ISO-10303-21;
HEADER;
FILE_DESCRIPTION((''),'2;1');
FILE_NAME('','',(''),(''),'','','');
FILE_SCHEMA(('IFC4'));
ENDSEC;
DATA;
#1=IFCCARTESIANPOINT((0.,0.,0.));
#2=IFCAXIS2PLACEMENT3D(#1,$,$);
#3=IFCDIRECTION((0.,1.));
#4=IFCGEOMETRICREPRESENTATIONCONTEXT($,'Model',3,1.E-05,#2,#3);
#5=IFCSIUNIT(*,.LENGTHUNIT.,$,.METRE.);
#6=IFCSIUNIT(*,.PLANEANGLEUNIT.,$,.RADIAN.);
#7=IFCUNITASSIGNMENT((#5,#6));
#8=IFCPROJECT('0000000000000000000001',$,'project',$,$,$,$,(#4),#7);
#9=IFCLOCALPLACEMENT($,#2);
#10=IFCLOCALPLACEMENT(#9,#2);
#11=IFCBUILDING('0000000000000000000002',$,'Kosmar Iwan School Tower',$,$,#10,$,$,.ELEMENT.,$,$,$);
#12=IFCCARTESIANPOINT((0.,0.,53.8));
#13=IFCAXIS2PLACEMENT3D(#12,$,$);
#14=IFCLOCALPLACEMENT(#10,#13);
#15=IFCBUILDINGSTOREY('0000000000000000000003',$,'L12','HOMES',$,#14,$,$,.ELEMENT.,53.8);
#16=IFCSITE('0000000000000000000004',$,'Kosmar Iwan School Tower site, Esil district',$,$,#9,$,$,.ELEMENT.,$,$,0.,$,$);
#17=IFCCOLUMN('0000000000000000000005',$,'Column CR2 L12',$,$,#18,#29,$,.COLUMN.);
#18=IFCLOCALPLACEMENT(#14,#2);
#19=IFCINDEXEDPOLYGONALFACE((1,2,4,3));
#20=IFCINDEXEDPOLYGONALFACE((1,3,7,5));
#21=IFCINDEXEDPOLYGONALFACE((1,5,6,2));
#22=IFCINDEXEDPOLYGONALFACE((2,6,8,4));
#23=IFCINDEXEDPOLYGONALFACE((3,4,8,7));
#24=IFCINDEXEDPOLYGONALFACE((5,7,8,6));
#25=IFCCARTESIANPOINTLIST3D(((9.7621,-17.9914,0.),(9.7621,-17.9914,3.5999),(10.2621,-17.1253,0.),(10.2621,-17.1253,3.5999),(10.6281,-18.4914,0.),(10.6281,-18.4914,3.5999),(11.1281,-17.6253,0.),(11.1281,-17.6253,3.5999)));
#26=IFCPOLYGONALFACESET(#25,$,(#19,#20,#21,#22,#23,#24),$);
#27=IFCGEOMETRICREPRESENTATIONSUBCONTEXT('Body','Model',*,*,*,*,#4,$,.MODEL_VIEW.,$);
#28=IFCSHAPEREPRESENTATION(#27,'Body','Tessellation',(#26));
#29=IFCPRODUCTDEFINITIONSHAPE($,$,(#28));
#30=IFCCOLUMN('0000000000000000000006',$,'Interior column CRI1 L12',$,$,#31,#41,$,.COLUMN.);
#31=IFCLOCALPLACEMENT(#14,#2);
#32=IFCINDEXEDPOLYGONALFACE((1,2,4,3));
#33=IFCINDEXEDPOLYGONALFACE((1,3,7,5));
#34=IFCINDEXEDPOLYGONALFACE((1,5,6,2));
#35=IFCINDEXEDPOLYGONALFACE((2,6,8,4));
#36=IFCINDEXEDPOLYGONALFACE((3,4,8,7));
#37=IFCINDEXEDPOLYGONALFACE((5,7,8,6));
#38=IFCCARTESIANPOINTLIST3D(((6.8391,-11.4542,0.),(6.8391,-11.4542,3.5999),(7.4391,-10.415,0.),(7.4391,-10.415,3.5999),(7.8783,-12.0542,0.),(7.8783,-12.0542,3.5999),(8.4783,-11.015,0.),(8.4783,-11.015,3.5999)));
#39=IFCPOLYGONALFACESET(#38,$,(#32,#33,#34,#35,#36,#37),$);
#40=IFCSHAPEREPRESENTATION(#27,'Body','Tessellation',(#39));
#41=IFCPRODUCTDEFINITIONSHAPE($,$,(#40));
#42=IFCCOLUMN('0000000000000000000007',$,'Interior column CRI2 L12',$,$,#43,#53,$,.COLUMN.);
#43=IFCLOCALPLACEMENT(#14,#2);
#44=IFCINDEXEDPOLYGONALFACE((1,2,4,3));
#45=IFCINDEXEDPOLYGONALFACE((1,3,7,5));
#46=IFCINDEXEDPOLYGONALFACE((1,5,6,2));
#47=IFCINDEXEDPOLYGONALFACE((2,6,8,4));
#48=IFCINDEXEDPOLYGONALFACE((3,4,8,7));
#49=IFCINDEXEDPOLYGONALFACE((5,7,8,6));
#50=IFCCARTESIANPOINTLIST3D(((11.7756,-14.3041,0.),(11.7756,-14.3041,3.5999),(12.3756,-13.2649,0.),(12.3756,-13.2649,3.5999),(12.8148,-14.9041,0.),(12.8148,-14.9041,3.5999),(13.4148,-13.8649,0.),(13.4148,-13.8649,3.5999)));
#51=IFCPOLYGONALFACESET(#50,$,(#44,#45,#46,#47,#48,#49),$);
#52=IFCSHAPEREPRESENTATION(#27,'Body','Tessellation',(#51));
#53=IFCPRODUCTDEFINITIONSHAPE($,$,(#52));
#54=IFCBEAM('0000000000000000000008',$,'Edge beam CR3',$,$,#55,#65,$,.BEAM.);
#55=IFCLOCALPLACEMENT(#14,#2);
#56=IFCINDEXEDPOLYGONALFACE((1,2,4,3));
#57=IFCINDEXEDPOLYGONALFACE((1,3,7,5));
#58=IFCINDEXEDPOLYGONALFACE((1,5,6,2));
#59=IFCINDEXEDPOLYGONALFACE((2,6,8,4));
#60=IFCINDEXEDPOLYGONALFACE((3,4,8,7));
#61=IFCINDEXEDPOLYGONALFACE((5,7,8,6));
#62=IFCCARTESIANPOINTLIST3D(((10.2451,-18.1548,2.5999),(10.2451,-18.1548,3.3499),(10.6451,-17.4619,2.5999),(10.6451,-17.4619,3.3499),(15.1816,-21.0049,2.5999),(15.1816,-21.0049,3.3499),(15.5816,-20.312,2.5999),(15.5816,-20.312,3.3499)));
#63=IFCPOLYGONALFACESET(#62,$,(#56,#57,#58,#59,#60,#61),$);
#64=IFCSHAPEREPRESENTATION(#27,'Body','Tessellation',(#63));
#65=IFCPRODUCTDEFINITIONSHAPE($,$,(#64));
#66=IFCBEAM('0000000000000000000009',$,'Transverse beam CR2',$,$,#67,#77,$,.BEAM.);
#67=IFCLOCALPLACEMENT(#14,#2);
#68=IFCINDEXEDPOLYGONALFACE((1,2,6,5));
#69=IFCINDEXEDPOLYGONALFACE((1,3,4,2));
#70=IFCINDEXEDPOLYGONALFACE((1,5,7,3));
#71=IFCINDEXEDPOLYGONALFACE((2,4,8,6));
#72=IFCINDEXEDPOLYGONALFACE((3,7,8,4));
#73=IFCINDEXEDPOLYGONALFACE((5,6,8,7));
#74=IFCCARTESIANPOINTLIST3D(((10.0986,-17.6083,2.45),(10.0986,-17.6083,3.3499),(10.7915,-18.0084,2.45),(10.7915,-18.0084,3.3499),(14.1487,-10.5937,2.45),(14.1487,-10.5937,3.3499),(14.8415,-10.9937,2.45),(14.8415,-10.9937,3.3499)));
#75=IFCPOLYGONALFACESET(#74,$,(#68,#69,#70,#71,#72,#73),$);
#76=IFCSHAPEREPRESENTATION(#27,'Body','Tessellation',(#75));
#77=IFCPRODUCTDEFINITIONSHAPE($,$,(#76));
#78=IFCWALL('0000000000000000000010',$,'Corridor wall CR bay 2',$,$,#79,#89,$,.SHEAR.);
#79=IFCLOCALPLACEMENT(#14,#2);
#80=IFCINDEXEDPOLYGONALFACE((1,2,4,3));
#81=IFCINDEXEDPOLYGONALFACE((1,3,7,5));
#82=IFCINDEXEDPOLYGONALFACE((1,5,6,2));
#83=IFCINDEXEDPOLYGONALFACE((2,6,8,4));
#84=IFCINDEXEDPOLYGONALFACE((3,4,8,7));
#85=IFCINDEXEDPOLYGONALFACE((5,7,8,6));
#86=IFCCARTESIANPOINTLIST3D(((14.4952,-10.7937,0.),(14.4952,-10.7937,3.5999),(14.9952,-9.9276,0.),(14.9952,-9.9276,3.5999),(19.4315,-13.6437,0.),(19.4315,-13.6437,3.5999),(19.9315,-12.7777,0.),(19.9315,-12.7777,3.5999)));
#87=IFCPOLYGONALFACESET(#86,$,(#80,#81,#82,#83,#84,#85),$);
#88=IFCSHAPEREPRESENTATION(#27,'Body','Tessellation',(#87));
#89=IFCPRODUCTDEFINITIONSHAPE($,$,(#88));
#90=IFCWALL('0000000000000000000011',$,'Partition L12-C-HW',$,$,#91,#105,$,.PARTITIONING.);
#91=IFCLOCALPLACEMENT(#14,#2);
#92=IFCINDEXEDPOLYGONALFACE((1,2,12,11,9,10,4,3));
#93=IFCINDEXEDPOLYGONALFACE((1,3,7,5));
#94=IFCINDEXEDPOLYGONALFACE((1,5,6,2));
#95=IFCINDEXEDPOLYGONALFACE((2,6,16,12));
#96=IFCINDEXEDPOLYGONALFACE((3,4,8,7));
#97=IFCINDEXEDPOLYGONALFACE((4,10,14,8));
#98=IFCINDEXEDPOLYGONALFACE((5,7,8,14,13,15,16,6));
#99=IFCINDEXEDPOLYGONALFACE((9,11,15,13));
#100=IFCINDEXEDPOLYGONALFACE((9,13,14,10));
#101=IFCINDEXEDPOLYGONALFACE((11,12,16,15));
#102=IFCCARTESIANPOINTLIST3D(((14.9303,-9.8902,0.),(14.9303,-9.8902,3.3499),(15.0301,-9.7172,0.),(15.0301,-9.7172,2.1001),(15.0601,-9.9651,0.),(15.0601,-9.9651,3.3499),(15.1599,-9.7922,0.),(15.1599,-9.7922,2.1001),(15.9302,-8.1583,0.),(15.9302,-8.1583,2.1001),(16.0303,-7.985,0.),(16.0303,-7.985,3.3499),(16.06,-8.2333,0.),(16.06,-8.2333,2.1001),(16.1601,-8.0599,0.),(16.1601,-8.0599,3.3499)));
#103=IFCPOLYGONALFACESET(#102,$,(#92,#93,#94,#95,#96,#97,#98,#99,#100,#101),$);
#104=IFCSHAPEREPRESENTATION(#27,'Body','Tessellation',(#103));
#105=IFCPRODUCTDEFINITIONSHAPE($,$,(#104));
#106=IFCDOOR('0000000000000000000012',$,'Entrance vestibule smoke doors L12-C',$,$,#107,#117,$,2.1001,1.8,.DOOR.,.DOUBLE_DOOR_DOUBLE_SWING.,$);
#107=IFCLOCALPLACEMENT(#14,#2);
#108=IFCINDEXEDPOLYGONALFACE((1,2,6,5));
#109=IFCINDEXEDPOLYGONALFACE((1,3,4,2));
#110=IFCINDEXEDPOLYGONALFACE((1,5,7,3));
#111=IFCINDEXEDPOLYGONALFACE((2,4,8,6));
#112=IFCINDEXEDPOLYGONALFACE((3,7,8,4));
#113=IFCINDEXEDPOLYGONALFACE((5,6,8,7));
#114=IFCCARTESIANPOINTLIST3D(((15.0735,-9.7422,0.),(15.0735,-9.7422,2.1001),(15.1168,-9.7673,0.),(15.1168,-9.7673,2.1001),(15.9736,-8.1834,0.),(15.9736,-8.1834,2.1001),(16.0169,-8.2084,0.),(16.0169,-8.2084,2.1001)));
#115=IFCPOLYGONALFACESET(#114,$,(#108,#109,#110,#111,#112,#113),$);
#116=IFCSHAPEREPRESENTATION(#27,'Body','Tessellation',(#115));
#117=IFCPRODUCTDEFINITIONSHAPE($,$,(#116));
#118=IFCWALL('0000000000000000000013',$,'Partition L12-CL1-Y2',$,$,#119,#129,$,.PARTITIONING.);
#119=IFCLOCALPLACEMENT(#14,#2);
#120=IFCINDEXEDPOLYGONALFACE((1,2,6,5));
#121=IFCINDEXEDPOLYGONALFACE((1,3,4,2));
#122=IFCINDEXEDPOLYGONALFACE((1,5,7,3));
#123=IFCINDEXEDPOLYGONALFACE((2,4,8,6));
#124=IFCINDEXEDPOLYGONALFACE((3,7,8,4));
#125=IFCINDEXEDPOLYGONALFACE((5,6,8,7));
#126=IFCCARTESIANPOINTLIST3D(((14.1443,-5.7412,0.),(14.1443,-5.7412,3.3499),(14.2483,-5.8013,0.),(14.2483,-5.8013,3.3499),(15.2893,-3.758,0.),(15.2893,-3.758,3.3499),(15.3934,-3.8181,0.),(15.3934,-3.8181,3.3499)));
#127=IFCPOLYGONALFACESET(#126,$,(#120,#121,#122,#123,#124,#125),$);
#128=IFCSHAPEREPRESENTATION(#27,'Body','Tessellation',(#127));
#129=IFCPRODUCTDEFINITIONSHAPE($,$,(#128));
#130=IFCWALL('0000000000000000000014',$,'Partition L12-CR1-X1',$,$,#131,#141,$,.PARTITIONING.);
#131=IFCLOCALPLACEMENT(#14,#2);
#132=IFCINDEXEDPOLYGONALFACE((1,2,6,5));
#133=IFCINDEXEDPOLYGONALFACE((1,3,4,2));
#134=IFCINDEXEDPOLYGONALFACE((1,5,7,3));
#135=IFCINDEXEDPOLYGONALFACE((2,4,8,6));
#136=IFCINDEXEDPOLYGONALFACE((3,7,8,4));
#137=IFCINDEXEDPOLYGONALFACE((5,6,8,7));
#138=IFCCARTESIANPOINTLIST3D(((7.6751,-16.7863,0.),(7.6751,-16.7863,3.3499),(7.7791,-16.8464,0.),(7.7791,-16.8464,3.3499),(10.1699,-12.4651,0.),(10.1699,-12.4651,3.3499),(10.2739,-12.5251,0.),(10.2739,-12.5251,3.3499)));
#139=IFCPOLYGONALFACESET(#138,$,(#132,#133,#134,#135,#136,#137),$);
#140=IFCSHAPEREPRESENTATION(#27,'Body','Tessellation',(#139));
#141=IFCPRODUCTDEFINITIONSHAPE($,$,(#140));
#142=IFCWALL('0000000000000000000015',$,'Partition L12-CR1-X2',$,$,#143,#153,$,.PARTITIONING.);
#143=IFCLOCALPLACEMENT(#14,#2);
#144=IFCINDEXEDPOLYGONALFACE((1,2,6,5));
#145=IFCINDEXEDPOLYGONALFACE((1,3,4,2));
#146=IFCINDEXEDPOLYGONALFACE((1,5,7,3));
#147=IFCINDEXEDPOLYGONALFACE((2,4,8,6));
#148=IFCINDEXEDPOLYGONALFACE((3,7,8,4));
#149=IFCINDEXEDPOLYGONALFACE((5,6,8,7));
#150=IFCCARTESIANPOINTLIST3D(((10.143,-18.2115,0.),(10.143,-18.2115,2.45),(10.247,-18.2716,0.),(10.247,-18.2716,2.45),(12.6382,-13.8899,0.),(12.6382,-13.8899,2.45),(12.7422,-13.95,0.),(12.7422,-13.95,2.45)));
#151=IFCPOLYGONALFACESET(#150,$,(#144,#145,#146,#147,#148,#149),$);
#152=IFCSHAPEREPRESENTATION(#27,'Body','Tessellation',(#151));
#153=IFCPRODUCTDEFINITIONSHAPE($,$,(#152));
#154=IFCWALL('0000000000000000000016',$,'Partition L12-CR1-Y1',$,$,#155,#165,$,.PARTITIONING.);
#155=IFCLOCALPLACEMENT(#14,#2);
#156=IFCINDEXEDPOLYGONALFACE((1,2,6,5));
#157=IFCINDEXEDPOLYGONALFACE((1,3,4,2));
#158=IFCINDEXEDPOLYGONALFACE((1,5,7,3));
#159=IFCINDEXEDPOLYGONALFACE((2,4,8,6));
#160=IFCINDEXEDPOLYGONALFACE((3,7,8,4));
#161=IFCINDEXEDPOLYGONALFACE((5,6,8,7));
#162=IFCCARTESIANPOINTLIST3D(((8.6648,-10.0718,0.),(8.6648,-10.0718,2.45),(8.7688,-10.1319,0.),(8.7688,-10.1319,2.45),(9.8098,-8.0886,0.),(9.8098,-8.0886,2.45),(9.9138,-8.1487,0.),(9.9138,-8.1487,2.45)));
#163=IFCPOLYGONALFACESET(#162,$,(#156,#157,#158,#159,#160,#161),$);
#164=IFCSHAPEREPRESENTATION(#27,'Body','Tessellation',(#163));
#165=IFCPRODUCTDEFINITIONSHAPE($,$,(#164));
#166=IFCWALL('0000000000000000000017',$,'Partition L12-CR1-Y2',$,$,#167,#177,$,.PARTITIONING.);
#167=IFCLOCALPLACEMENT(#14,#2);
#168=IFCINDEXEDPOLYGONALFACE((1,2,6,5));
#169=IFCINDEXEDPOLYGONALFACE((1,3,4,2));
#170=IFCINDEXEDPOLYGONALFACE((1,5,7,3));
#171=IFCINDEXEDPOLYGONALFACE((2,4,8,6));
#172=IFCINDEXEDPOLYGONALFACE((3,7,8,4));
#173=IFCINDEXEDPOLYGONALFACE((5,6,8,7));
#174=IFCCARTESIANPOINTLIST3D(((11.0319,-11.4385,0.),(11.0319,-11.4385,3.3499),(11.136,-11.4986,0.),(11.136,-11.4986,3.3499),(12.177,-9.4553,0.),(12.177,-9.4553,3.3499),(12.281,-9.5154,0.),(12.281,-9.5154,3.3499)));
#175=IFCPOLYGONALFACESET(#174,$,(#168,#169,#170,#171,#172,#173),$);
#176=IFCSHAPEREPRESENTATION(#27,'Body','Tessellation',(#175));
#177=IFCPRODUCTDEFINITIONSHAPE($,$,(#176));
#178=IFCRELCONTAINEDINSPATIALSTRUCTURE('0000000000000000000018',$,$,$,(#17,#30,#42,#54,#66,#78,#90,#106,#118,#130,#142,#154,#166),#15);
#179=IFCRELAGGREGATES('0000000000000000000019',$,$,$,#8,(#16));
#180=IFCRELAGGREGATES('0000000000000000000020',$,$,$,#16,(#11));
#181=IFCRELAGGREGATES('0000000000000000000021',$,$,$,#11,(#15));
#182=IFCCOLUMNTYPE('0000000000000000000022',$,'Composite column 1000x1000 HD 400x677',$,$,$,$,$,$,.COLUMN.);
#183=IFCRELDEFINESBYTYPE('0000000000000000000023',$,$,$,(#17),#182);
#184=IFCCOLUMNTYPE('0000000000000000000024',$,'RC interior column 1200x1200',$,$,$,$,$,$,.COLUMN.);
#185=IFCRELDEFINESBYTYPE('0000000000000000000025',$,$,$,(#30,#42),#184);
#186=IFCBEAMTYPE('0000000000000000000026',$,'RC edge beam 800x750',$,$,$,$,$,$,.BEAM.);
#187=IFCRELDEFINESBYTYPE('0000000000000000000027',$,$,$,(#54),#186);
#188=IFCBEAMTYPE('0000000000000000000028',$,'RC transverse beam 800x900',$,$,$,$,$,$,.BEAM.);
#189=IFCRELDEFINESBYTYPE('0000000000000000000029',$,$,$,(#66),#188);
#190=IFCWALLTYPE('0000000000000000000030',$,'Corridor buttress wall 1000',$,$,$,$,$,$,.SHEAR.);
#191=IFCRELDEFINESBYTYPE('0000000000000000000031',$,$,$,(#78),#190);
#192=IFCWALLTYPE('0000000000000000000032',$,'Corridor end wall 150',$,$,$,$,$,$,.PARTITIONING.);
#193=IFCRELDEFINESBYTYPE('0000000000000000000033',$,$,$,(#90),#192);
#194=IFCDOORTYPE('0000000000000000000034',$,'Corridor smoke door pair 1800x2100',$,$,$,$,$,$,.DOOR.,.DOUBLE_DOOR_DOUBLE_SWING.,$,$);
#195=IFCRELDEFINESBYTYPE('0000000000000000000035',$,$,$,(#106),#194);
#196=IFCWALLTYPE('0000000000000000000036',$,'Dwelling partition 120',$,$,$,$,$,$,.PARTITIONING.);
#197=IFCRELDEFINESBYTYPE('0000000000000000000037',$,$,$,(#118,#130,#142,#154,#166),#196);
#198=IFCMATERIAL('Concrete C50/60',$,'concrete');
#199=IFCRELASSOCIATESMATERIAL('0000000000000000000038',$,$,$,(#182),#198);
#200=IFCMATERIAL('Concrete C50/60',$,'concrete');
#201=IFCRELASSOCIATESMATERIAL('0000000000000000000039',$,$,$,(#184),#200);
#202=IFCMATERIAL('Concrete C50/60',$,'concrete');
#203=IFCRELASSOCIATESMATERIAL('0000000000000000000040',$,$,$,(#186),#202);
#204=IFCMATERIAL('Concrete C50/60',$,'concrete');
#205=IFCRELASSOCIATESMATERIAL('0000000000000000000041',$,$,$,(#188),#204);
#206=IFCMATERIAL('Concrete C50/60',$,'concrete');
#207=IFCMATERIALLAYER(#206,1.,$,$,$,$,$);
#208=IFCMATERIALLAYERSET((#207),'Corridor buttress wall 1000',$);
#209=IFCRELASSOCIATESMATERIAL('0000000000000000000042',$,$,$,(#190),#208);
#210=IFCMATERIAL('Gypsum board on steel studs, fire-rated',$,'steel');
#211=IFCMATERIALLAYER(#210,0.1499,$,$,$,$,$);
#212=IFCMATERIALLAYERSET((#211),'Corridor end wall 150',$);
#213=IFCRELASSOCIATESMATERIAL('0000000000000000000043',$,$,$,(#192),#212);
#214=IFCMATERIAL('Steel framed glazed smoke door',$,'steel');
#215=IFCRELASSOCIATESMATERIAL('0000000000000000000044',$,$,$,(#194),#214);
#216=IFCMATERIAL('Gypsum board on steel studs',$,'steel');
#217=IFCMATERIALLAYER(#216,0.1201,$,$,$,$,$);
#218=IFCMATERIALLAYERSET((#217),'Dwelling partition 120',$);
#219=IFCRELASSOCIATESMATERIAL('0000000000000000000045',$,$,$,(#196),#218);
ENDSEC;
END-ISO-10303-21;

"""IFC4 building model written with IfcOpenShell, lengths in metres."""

from ifc_helpers import new_model, si_unit, direction, frame, frame_2d, origin, origin_2d, place, context, subcontext, project, spatial, rectangle, extrude, material, layer, layer_set, material_profile, profile_set, type_object, element, fill, save


model = new_model("IFC4")

# Units and contexts
model_context = context("Model", 3, precision=1e-05, world=origin(), true_north=direction((0.0, 1.0)))
body_context = subcontext(model_context, "Body", "Model", "MODEL_VIEW")
ifc_project = project(units=[si_unit("LENGTHUNIT", "METRE"), si_unit("PLANEANGLEUNIT", "RADIAN")], contexts=[model_context])

# Site, building, storey
site_placement = place(None, origin())
site = spatial("IfcSite", under=ifc_project, at=site_placement, Name="Kosmar Iwan School Tower site, Esil district", CompositionType="ELEMENT", RefElevation=0.0)
building_placement = place(site_placement, origin())
building = spatial("IfcBuilding", under=site, at=building_placement, Name="Kosmar Iwan School Tower", CompositionType="ELEMENT")
storey_placement = place(building_placement, frame((0.0, 0.0, 53.8)))
storey = spatial("IfcBuildingStorey", under=building, at=storey_placement, Name="L12", Description="HOMES", CompositionType="ELEMENT", Elevation=53.8)

# Columns
ifc_material_1 = material(Name="Concrete C50/60", Category="concrete")
ifc_material_profile_1 = material_profile(ifc_material_1, rectangle(XDim=1.0, YDim=1.0, at=origin_2d()), Name="RC 1000x1000 + HD 400x677")
ifc_profile_set_1 = profile_set([ifc_material_profile_1], Name="Concrete C50/60")
column_type_1 = type_object("IfcColumnType", Name="Composite column 1000x1000 HD 400x677", PredefinedType="COLUMN", material=ifc_profile_set_1)
column_placement = place(storey_placement, frame((10.4451, -17.8083, 0.0), z_axis=(0.0, 0.0, 1.0), x_axis=(0.866025, -0.5, 0.0)))
element("IfcColumn", 1, at=column_placement, inside=storey, type_object=column_type_1, Name="Column CR2 L12", PredefinedType="COLUMN", context=body_context, shape_type="SweptSolid", body=[
    extrude(rectangle(XDim=1.0, YDim=1.0, at=origin_2d()), origin(), (0.0, 0.0, 1.0), 3.5999),
])
ifc_material_2 = material(Name="Concrete C50/60", Category="concrete")
ifc_material_profile_2 = material_profile(ifc_material_2, rectangle(XDim=1.2, YDim=1.2, at=origin_2d()), Name="RC 1200x1200")
ifc_profile_set_2 = profile_set([ifc_material_profile_2], Name="Concrete C50/60")
column_type_2 = type_object("IfcColumnType", Name="RC interior column 1200x1200", PredefinedType="COLUMN", material=ifc_profile_set_2)
for number, where, z_axis, x_axis, name in (
    (2, (7.6587, -11.2346, 0.0), (0.0, 0.0, 1.0), (0.866025, -0.5, 0.0), "Interior column CRI1 L12"),
    (3, (12.5952, -14.0845, 0.0), (0.0, 0.0, 1.0), (0.866025, -0.5, 0.0), "Interior column CRI2 L12"),
):
    element("IfcColumn", number, at=place(storey_placement, frame(where, z_axis=z_axis, x_axis=x_axis)), inside=storey, type_object=column_type_2, Name=name, PredefinedType="COLUMN", context=body_context, shape_type="SweptSolid", body=[
        extrude(rectangle(XDim=1.2, YDim=1.2, at=origin_2d()), origin(), (0.0, 0.0, 1.0), 3.5999),
    ])

# Beams
ifc_material_3 = material(Name="Concrete C50/60", Category="concrete")
ifc_material_profile_3 = material_profile(ifc_material_3, rectangle(XDim=0.8, YDim=0.75, at=origin_2d()), Name="RC 800x750")
ifc_profile_set_3 = profile_set([ifc_material_profile_3], Name="Concrete C50/60")
beam_type_1 = type_object("IfcBeamType", Name="RC edge beam 800x750", PredefinedType="BEAM", material=ifc_profile_set_3)
beam_1_placement = place(storey_placement, frame((10.4451, -17.8083, 2.9749), z_axis=(0.866026, -0.499999, 0.0), x_axis=(0.499999, 0.866026, 0.0)))
element("IfcBeam", 4, at=beam_1_placement, inside=storey, type_object=beam_type_1, Name="Edge beam CR3", PredefinedType="BEAM", context=body_context, shape_type="SweptSolid", body=[
    extrude(rectangle(XDim=0.8, YDim=0.75, at=origin_2d()), origin(), (0.0, 0.0, 1.0), 5.7002),
])
ifc_material_4 = material(Name="Concrete C50/60", Category="concrete")
ifc_material_profile_4 = material_profile(ifc_material_4, rectangle(XDim=0.8, YDim=0.8999, at=origin_2d()), Name="RC 800x900")
ifc_profile_set_4 = profile_set([ifc_material_profile_4], Name="Concrete C50/60")
beam_type_2 = type_object("IfcBeamType", Name="RC transverse beam 800x900", PredefinedType="BEAM", material=ifc_profile_set_4)
beam_2_placement = place(storey_placement, frame((10.4451, -17.8083, 2.8999), z_axis=(0.500013, 0.866018, 0.0), x_axis=(-0.866018, 0.500013, 0.0)))
element("IfcBeam", 5, at=beam_2_placement, inside=storey, type_object=beam_type_2, Name="Transverse beam CR2", PredefinedType="BEAM", context=body_context, shape_type="SweptSolid", body=[
    extrude(rectangle(XDim=0.8, YDim=0.8999, at=origin_2d()), origin(), (0.0, 0.0, 1.0), 8.0999),
])

# Wall
ifc_material_5 = material(Name="Concrete C50/60", Category="concrete")
ifc_layer_1 = layer(ifc_material_5, 1.0)
ifc_layer_set_1 = layer_set([ifc_layer_1], Name="Corridor buttress wall 1000")
wall_type_1 = type_object("IfcWallType", Name="Corridor buttress wall 1000", PredefinedType="SHEAR", material=ifc_layer_set_1)
wall_1_placement = place(storey_placement, frame((14.7451, -10.3606, 0.0), z_axis=(0.0, 0.0, 1.0), x_axis=(0.866015, -0.500018, 0.0)))
element("IfcWall", 6, at=wall_1_placement, inside=storey, type_object=wall_type_1, Name="Corridor wall CR bay 2", PredefinedType="SHEAR", context=body_context, shape_type="SweptSolid", body=[
    extrude(rectangle(XDim=5.7, YDim=1.0, at=frame_2d((2.8501, 0.0))), origin(), (0.0, 0.0, 1.0), 3.5999),
])

# Wall, opening, door
ifc_material_6 = material(Name="Gypsum board on steel studs, fire-rated", Category="steel")
ifc_layer_2 = layer(ifc_material_6, 0.1499)
ifc_layer_set_2 = layer_set([ifc_layer_2], Name="Corridor end wall 150")
wall_type_2 = type_object("IfcWallType", Name="Corridor end wall 150", PredefinedType="PARTITIONING", material=ifc_layer_set_2)
wall_2_placement = place(storey_placement, frame((14.9951, -9.9277, 0.0), z_axis=(0.0, 0.0, 1.0), x_axis=(0.50003, 0.866008, 0.0)))
wall_2 = element("IfcWall", 7, at=wall_2_placement, inside=storey, type_object=wall_type_2, Name="Partition L12-C-HW", PredefinedType="PARTITIONING", context=body_context, shape_type="SweptSolid", body=[
    extrude(rectangle(XDim=2.2, YDim=0.1499, at=frame_2d((1.1001, 0.0))), origin(), (0.0, 0.0, 1.0), 3.3499),
])
opening_1_placement = place(wall_2_placement, frame((0.2, 0.0, 0.0)))
opening_1 = element("IfcOpeningElement", 8, at=opening_1_placement, cuts=wall_2, PredefinedType="OPENING", context=body_context, shape_type="SweptSolid", body=[
    extrude(rectangle(XDim=1.8, YDim=2.1001, at=frame_2d((0.8999, 1.05))), frame((0.0, 0.0869, 0.0), z_axis=(0.0, -1.0, 0.0), x_axis=(1.0, 0.0, 0.0)), (0.0, 0.0, 1.0), 0.1738),
])
ifc_material_7 = material(Name="Steel framed glazed smoke door", Category="steel")
door_type_1 = type_object("IfcDoorType", Name="Corridor smoke door pair 1800x2100", OperationType="DOUBLE_DOOR_DOUBLE_SWING", PredefinedType="DOOR", material=ifc_material_7)
door_1_placement = place(opening_1_placement, origin())
door_1 = element("IfcDoor", 9, at=door_1_placement, inside=storey, type_object=door_type_1, Name="Entrance vestibule smoke doors L12-C", OperationType="DOUBLE_DOOR_DOUBLE_SWING", OverallHeight=2.1001, OverallWidth=1.8, PredefinedType="DOOR", context=body_context, shape_type="SweptSolid", body=[
    extrude(rectangle(XDim=1.8, YDim=2.1001, at=frame_2d((0.8999, 1.05))), frame((0.0, 0.0249, 0.0), z_axis=(0.0, -1.0, 0.0), x_axis=(1.0, 0.0, 0.0)), (0.0, 0.0, 1.0), 0.05),
])
fill(opening_1, door_1)

# Walls
ifc_material_8 = material(Name="Gypsum board on steel studs", Category="steel")
ifc_layer_3 = layer(ifc_material_8, 0.1201)
ifc_layer_set_3 = layer_set([ifc_layer_3], Name="Dwelling partition 120")
wall_type_3 = type_object("IfcWallType", Name="Dwelling partition 120", PredefinedType="PARTITIONING", material=ifc_layer_set_3)
wall_3_placement = place(storey_placement, frame((14.1963, -5.7712, 0.0), z_axis=(0.0, 0.0, 1.0), x_axis=(0.500015, 0.866017, 0.0)))
element("IfcWall", 10, at=wall_3_placement, inside=storey, type_object=wall_type_3, Name="Partition L12-CL1-Y2", PredefinedType="PARTITIONING", context=body_context, shape_type="SweptSolid", body=[
    extrude(rectangle(XDim=2.29, YDim=0.1201, at=frame_2d((1.145, 0.0))), origin(), (0.0, 0.0, 1.0), 3.3499),
])
wall_4_placement = place(storey_placement, frame((10.2219, -12.4951, 0.0), z_axis=(0.0, 0.0, 1.0), x_axis=(-0.499996, -0.866028, 0.0)))
element("IfcWall", 11, at=wall_4_placement, inside=storey, type_object=wall_type_3, Name="Partition L12-CR1-X1", PredefinedType="PARTITIONING", context=body_context, shape_type="SweptSolid", body=[
    extrude(rectangle(XDim=4.9897, YDim=0.1201, at=frame_2d((2.4949, 0.0))), origin(), (0.0, 0.0, 1.0), 3.3499),
])
wall_5_placement = place(storey_placement, frame((12.6902, -13.9199, 0.0), z_axis=(0.0, 0.0, 1.0), x_axis=(-0.500012, -0.866019, 0.0)))
element("IfcWall", 12, at=wall_5_placement, inside=storey, type_object=wall_type_3, Name="Partition L12-CR1-X2", PredefinedType="PARTITIONING", context=body_context, shape_type="SweptSolid", body=[
    extrude(rectangle(XDim=4.9902, YDim=0.1201, at=frame_2d((2.4951, 0.0))), origin(), (0.0, 0.0, 1.0), 2.45),
])
wall_6_placement = place(storey_placement, frame((9.8618, -8.1187, 0.0), z_axis=(0.0, 0.0, 1.0), x_axis=(-0.500015, -0.866017, 0.0)))
element("IfcWall", 13, at=wall_6_placement, inside=storey, type_object=wall_type_3, Name="Partition L12-CR1-Y1", PredefinedType="PARTITIONING", context=body_context, shape_type="SweptSolid", body=[
    extrude(rectangle(XDim=2.29, YDim=0.1201, at=frame_2d((1.145, 0.0))), origin(), (0.0, 0.0, 1.0), 2.45),
])
for number, where, z_axis, x_axis, name in (
    (14, (12.229, -9.4854, 0.0), (0.0, 0.0, 1.0), (-0.500015, -0.866017, 0.0), "Partition L12-CR1-Y2"),
):
    element("IfcWall", number, at=place(storey_placement, frame(where, z_axis=z_axis, x_axis=x_axis)), inside=storey, type_object=wall_type_3, Name=name, PredefinedType="PARTITIONING", context=body_context, shape_type="SweptSolid", body=[
        extrude(rectangle(XDim=2.29, YDim=0.1201, at=frame_2d((1.145, 0.0))), origin(), (0.0, 0.0, 1.0), 3.3499),
    ])

save(model, "model.ifc")
